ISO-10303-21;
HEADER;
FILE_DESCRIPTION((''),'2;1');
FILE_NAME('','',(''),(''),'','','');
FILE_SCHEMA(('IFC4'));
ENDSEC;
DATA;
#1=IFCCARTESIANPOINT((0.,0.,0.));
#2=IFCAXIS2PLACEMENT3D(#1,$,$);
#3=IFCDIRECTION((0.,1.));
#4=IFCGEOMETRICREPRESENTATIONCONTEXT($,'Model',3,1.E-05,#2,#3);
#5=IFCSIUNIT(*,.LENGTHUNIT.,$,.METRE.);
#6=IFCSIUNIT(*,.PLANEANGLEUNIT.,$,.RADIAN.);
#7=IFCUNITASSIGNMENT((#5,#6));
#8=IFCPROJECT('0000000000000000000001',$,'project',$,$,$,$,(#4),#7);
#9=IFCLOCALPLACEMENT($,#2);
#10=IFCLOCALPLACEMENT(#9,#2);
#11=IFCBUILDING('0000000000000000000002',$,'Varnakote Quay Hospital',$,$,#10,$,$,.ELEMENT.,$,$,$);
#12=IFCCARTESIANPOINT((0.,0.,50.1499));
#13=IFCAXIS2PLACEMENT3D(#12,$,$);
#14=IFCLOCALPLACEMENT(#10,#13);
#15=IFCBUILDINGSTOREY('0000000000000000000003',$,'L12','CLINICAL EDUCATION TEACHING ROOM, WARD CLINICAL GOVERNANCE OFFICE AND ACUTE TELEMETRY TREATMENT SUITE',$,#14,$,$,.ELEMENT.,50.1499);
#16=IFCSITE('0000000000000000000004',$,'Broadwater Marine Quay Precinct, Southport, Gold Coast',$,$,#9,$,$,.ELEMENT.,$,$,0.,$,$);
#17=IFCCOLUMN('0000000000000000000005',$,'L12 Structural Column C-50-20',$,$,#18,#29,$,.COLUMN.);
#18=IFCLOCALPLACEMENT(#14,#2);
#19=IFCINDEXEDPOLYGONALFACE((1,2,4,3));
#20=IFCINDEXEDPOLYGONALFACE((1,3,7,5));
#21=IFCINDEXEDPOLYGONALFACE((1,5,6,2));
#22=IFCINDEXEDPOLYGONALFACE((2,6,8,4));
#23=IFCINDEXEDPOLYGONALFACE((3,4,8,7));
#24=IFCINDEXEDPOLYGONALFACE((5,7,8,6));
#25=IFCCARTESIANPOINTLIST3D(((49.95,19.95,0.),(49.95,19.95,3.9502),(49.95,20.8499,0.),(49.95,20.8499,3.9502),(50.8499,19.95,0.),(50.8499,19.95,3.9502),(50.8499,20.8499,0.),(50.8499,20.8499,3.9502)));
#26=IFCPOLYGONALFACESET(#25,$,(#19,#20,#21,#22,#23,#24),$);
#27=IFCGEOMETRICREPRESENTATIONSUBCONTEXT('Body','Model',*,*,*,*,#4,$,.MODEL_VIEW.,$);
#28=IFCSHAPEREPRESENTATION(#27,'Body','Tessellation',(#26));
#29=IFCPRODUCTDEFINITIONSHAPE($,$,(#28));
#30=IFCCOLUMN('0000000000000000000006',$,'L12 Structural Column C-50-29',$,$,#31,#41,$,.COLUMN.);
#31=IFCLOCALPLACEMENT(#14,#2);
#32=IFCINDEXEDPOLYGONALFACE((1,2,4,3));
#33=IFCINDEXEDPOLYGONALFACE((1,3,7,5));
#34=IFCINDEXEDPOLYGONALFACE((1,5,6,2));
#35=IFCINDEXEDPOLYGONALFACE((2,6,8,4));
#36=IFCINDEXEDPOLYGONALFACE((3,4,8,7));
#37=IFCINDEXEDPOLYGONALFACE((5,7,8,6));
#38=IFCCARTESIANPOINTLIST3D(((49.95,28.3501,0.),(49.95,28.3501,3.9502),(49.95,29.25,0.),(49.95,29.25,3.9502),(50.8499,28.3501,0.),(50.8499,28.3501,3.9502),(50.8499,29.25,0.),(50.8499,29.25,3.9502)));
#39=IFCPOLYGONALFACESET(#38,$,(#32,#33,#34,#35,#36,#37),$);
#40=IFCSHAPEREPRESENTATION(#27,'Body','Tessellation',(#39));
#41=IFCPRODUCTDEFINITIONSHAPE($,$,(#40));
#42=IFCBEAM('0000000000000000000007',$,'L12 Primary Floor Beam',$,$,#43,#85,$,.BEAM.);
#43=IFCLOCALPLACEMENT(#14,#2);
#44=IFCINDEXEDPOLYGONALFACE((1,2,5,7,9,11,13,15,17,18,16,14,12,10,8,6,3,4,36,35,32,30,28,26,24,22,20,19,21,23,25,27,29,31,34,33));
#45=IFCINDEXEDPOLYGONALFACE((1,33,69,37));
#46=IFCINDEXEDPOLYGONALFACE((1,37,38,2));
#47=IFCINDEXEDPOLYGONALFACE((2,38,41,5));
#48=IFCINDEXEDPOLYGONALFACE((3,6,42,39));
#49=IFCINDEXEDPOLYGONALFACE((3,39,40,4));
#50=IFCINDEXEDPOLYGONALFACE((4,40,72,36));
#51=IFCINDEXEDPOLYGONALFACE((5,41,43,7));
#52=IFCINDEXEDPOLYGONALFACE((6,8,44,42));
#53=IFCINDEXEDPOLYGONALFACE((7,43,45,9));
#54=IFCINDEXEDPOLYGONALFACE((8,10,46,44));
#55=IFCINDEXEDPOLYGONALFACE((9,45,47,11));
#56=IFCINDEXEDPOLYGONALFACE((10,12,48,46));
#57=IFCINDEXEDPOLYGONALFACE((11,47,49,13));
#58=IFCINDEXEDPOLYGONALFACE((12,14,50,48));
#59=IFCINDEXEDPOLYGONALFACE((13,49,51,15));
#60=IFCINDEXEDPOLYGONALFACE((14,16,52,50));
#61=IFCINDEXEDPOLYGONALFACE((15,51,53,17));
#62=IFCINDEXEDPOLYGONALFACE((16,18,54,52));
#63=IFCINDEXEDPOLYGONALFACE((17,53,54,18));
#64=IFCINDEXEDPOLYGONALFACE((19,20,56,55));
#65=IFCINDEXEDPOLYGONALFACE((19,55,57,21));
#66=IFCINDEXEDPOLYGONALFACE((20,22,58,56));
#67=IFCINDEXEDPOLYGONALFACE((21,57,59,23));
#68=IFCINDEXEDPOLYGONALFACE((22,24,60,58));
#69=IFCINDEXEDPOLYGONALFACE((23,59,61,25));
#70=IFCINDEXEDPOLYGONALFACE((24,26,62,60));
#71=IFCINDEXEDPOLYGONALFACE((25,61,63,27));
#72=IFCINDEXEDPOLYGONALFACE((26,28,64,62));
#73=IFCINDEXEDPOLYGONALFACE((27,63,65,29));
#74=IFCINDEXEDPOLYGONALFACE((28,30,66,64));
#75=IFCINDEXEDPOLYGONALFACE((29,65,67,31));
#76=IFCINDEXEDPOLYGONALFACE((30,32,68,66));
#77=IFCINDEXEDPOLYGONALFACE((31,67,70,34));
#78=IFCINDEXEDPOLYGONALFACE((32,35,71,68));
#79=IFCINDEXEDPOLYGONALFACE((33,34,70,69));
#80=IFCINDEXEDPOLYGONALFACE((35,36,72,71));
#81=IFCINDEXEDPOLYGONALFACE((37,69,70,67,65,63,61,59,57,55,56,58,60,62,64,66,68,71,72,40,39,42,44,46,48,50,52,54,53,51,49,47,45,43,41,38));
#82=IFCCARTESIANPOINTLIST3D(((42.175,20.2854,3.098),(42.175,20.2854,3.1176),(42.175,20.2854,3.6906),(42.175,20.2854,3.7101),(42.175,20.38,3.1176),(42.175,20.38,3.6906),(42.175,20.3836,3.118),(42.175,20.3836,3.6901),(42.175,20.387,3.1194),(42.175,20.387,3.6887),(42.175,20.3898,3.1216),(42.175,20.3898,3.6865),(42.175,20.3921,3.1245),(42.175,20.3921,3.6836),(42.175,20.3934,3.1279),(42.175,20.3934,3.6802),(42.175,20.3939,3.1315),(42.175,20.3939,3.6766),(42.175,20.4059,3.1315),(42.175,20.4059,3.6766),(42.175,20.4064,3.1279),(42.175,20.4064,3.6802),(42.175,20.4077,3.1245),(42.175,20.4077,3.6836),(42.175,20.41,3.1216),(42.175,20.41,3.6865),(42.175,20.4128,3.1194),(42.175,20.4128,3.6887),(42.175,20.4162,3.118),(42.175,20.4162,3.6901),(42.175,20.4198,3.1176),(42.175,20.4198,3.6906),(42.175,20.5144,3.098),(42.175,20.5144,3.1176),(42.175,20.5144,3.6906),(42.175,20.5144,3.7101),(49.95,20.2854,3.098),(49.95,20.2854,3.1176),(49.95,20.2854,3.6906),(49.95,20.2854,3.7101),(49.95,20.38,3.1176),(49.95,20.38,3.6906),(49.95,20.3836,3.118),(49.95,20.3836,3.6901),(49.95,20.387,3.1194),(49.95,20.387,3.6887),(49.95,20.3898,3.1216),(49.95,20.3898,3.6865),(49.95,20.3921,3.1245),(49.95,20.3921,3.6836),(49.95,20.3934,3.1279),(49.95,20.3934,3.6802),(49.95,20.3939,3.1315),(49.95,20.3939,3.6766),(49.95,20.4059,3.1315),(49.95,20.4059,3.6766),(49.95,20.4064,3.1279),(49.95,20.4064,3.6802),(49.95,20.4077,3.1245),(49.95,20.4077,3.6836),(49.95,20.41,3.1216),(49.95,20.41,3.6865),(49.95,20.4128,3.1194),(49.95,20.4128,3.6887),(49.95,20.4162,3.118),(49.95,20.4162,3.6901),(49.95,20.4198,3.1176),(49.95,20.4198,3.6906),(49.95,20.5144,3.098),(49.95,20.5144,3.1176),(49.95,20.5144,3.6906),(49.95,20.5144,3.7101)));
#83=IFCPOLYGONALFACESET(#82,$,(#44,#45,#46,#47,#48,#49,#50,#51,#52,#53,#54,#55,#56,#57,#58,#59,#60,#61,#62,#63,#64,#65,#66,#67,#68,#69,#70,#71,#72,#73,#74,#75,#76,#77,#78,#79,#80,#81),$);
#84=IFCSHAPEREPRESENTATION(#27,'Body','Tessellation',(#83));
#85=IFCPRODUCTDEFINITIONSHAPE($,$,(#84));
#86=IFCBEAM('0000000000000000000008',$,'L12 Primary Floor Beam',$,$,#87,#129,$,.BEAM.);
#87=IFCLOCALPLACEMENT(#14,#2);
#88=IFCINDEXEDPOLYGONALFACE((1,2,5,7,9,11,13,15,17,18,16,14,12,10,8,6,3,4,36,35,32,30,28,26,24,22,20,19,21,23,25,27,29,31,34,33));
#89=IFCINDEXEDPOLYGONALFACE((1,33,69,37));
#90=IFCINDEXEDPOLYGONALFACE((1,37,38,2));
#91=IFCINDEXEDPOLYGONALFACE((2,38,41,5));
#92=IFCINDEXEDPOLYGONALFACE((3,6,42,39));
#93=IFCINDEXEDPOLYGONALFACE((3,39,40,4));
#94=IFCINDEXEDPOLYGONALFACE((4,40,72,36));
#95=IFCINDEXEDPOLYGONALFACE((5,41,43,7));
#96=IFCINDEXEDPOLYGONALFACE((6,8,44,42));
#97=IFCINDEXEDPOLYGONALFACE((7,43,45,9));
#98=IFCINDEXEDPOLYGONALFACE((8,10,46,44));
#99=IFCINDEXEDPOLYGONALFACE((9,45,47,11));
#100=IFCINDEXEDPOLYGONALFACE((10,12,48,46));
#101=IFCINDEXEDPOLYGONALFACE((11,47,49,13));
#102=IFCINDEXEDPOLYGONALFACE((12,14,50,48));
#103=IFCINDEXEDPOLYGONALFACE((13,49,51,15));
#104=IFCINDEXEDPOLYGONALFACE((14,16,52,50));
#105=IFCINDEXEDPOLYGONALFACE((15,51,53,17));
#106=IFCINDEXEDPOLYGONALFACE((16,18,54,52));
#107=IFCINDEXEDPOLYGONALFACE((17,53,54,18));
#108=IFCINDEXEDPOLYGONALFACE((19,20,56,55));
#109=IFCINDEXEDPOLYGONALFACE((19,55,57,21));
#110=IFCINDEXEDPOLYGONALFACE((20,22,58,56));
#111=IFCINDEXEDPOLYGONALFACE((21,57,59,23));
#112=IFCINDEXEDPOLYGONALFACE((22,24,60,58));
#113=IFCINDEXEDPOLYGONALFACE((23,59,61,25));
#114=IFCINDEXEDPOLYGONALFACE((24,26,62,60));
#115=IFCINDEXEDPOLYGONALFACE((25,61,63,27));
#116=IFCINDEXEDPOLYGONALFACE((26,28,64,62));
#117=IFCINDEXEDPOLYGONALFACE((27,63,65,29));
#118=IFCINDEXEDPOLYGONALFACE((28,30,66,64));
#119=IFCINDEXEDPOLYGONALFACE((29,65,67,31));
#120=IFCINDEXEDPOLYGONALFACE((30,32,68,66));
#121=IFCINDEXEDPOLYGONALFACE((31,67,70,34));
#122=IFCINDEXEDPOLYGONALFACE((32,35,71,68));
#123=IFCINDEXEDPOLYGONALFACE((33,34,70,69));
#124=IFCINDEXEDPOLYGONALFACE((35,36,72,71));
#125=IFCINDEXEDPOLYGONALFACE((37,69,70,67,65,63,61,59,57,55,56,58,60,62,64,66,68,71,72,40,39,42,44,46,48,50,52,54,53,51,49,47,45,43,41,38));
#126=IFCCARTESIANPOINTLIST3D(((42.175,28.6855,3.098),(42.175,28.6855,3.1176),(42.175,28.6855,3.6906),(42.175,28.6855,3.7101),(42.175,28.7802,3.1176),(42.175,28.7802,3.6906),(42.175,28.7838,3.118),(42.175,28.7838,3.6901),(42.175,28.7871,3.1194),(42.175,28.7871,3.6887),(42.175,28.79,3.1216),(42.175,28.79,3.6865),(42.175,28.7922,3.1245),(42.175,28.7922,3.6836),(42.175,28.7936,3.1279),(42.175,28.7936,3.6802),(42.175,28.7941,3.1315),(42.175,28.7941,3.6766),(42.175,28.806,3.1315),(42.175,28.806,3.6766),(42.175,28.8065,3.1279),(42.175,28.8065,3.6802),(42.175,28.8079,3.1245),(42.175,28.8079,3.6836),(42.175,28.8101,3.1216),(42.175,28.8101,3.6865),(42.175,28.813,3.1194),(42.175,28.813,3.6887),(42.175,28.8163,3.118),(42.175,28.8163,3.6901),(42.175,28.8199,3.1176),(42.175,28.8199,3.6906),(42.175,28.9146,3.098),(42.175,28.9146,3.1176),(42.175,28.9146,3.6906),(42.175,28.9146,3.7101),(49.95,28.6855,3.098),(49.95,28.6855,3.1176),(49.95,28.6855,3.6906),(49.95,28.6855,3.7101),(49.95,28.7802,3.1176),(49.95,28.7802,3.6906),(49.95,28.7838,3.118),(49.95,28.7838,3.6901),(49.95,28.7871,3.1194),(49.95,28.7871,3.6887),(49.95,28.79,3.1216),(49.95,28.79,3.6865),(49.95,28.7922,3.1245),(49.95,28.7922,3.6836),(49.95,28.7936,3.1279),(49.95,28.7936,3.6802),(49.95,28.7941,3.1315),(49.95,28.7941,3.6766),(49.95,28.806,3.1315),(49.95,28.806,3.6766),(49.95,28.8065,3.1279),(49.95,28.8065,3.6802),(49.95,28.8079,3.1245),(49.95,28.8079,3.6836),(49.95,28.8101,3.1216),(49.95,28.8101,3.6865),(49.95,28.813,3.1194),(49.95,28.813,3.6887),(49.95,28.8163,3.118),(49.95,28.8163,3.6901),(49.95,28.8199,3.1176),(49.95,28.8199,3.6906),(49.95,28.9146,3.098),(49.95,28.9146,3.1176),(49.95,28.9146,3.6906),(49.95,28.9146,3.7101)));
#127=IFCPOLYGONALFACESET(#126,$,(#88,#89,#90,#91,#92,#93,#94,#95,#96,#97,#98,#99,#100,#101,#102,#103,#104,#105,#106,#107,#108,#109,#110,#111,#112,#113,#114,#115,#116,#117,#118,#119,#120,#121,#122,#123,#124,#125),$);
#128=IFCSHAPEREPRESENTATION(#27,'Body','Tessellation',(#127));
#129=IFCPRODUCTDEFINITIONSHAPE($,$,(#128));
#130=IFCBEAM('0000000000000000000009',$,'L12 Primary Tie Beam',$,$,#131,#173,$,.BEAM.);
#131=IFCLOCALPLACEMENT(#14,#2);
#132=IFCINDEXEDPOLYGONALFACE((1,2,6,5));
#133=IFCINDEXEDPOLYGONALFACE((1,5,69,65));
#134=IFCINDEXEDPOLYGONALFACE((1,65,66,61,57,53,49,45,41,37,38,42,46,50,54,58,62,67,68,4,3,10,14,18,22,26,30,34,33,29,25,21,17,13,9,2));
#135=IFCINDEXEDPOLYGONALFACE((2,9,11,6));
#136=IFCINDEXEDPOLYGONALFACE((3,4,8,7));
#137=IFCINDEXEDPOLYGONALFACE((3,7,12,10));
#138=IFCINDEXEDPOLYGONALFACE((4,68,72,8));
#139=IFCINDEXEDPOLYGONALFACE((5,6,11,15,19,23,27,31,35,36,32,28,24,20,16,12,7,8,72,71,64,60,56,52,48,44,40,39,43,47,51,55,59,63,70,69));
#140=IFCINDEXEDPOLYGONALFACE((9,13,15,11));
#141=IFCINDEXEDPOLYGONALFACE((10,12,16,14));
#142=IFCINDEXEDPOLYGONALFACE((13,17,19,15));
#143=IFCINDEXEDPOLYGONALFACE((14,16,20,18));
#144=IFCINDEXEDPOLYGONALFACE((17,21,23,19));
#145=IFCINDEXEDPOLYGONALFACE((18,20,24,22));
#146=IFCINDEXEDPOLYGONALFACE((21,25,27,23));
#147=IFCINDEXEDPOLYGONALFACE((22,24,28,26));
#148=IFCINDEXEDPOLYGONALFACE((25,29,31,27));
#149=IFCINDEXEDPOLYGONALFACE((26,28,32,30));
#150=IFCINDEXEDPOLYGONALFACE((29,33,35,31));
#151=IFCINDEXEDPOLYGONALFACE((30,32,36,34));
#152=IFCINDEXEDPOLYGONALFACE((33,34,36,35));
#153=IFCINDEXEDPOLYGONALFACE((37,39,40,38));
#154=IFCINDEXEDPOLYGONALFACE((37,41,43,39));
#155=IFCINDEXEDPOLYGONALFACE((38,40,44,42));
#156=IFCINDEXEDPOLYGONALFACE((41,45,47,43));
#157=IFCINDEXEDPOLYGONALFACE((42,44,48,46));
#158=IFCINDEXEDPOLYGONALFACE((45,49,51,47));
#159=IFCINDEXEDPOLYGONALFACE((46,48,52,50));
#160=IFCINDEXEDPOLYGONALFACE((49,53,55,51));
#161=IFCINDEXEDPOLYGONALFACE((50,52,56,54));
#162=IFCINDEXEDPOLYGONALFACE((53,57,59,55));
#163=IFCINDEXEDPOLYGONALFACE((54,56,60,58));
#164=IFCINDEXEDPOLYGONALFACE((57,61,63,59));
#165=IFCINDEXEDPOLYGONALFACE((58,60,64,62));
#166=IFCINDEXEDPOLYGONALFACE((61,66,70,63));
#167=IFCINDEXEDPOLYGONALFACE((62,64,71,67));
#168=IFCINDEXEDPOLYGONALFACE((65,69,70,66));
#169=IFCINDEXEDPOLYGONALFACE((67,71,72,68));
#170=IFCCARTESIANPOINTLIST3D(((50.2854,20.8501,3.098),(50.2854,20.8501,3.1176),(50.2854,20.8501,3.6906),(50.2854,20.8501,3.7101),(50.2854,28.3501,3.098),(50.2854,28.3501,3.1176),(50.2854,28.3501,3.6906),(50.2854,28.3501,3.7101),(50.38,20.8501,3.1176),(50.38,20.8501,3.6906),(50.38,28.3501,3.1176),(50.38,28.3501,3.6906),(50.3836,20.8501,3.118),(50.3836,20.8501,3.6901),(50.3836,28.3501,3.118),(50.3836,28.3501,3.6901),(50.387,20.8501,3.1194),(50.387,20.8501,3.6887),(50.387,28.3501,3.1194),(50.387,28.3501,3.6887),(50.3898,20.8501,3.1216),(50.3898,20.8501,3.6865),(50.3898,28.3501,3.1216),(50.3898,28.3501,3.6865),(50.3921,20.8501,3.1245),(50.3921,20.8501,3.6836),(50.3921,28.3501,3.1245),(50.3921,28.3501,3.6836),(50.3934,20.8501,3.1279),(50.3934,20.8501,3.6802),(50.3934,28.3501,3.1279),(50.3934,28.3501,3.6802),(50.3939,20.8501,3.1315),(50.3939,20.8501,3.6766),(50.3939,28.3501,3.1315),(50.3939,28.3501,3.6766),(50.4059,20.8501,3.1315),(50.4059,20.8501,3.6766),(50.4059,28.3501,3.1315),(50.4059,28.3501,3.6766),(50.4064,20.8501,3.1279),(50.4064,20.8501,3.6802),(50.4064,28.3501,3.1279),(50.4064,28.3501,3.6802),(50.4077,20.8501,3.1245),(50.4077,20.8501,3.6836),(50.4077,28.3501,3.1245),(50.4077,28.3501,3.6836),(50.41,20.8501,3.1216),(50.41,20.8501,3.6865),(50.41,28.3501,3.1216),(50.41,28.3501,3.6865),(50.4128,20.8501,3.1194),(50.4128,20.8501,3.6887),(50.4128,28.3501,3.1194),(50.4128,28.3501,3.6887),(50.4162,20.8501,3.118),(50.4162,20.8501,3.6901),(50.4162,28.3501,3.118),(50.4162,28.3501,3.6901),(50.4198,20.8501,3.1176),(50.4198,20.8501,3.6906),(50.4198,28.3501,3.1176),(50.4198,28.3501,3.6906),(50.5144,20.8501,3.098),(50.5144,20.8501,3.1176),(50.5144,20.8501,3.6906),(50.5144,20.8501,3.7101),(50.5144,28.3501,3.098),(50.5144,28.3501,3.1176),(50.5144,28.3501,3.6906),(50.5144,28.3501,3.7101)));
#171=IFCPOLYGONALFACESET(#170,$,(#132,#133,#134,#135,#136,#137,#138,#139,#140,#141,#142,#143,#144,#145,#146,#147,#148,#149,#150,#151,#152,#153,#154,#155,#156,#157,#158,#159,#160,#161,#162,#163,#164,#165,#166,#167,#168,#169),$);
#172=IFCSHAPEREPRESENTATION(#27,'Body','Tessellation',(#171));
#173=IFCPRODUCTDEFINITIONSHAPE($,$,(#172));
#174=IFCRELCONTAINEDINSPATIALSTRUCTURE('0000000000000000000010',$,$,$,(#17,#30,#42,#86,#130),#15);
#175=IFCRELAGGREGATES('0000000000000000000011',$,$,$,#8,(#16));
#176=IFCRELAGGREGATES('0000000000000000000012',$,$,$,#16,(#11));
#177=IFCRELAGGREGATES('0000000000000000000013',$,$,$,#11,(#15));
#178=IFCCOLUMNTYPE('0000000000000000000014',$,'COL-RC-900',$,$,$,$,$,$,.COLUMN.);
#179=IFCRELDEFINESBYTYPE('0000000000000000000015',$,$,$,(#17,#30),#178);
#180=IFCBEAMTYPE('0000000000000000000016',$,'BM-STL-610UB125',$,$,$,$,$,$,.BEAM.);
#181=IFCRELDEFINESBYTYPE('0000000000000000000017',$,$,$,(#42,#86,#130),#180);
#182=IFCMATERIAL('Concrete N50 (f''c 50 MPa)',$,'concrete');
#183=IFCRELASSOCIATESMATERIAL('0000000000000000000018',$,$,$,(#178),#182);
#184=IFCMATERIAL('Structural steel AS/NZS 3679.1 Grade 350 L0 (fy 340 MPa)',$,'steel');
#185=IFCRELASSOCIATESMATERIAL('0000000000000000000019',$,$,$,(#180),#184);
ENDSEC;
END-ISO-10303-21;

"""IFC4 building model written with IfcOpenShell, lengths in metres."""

from ifc_helpers import new_model, si_unit, direction, frame, origin, origin_2d, place, context, subcontext, project, spatial, rectangle, i_section, extrude, material, material_profile, profile_set, type_object, element, save


model = new_model("IFC4")

# Units and contexts
model_context = context("Model", 3, precision=1e-05, world=origin(), true_north=direction((0.0, 1.0)))
body_context = subcontext(model_context, "Body", "Model", "MODEL_VIEW")
ifc_project = project(units=[si_unit("LENGTHUNIT", "METRE"), si_unit("PLANEANGLEUNIT", "RADIAN")], contexts=[model_context])

# Site, building, storey
site_placement = place(None, origin())
site = spatial("IfcSite", under=ifc_project, at=site_placement, Name="Broadwater Marine Quay Precinct, Southport, Gold Coast", CompositionType="ELEMENT", RefElevation=0.0)
building_placement = place(site_placement, origin())
building = spatial("IfcBuilding", under=site, at=building_placement, Name="Varnakote Quay Hospital", CompositionType="ELEMENT")
storey_placement = place(building_placement, frame((0.0, 0.0, 50.1499)))
storey = spatial("IfcBuildingStorey", under=building, at=storey_placement, Name="L12", Description="CLINICAL EDUCATION TEACHING ROOM, WARD CLINICAL GOVERNANCE OFFICE AND ACUTE TELEMETRY TREATMENT SUITE", CompositionType="ELEMENT", Elevation=50.1499)

# Columns
ifc_material_1 = material(Name="Concrete N50 (f'c 50 MPa)", Category="concrete")
ifc_material_profile_1 = material_profile(ifc_material_1, rectangle(XDim=0.8999, YDim=0.8999, at=origin_2d()), Name="RC-COL-900x900")
ifc_profile_set_1 = profile_set([ifc_material_profile_1], Name="Concrete N50 (f'c 50 MPa)")
column_type = type_object("IfcColumnType", Name="COL-RC-900", PredefinedType="COLUMN", material=ifc_profile_set_1)
for number, where, z_axis, x_axis, name in (
    (1, (50.3999, 20.3999, 0.0), (0.0, 0.0, 1.0), (1.0, 0.0, 0.0), "L12 Structural Column C-50-20"),
    (2, (50.3999, 28.8, 0.0), (0.0, 0.0, 1.0), (1.0, 0.0, 0.0), "L12 Structural Column C-50-29"),
):
    element("IfcColumn", number, at=place(storey_placement, frame(where, z_axis=z_axis, x_axis=x_axis)), inside=storey, type_object=column_type, Name=name, PredefinedType="COLUMN", context=body_context, shape_type="SweptSolid", body=[
        extrude(rectangle(XDim=0.8999, YDim=0.8999, at=origin_2d()), origin(), (0.0, 0.0, 1.0), 3.9502),
    ])

# Beams
ifc_material_2 = material(Name="Structural steel AS/NZS 3679.1 Grade 350 L0 (fy 340 MPa)", Category="steel")
ifc_material_profile_2 = material_profile(ifc_material_2, i_section(OverallWidth=0.229, OverallDepth=0.6121, WebThickness=0.012, FlangeThickness=0.0195, FilletRadius=0.0139, at=origin_2d()), Name="610UB125")
ifc_profile_set_2 = profile_set([ifc_material_profile_2], Name="Structural steel AS/NZS 3679.1 Grade 350 L0 (fy 340 MPa)")
beam_type = type_object("IfcBeamType", Name="BM-STL-610UB125", PredefinedType="BEAM", material=ifc_profile_set_2)
for number, where, z_axis, x_axis, name in (
    (3, (42.175, 20.3999, 3.4041), (1.0, 0.0, 0.0), (0.0, 1.0, 0.0), "L12 Primary Floor Beam"),
    (4, (42.175, 28.8, 3.4041), (1.0, 0.0, 0.0), (0.0, 1.0, 0.0), "L12 Primary Floor Beam"),
):
    element("IfcBeam", number, at=place(storey_placement, frame(where, z_axis=z_axis, x_axis=x_axis)), inside=storey, type_object=beam_type, Name=name, PredefinedType="BEAM", context=body_context, shape_type="SweptSolid", body=[
        extrude(i_section(OverallWidth=0.229, OverallDepth=0.6121, WebThickness=0.012, FlangeThickness=0.0195, FilletRadius=0.0139, at=origin_2d()), origin(), (0.0, 0.0, 1.0), 7.7749),
    ])
beam_placement = place(storey_placement, frame((50.3999, 20.8501, 3.4041), z_axis=(0.0, 1.0, 0.0), x_axis=(-1.0, 0.0, 0.0)))
element("IfcBeam", 5, at=beam_placement, inside=storey, type_object=beam_type, Name="L12 Primary Tie Beam", PredefinedType="BEAM", context=body_context, shape_type="SweptSolid", body=[
    extrude(i_section(OverallWidth=0.229, OverallDepth=0.6121, WebThickness=0.012, FlangeThickness=0.0195, FilletRadius=0.0139, at=origin_2d()), origin(), (0.0, 0.0, 1.0), 7.5),
])

save(model, "model.ifc")
